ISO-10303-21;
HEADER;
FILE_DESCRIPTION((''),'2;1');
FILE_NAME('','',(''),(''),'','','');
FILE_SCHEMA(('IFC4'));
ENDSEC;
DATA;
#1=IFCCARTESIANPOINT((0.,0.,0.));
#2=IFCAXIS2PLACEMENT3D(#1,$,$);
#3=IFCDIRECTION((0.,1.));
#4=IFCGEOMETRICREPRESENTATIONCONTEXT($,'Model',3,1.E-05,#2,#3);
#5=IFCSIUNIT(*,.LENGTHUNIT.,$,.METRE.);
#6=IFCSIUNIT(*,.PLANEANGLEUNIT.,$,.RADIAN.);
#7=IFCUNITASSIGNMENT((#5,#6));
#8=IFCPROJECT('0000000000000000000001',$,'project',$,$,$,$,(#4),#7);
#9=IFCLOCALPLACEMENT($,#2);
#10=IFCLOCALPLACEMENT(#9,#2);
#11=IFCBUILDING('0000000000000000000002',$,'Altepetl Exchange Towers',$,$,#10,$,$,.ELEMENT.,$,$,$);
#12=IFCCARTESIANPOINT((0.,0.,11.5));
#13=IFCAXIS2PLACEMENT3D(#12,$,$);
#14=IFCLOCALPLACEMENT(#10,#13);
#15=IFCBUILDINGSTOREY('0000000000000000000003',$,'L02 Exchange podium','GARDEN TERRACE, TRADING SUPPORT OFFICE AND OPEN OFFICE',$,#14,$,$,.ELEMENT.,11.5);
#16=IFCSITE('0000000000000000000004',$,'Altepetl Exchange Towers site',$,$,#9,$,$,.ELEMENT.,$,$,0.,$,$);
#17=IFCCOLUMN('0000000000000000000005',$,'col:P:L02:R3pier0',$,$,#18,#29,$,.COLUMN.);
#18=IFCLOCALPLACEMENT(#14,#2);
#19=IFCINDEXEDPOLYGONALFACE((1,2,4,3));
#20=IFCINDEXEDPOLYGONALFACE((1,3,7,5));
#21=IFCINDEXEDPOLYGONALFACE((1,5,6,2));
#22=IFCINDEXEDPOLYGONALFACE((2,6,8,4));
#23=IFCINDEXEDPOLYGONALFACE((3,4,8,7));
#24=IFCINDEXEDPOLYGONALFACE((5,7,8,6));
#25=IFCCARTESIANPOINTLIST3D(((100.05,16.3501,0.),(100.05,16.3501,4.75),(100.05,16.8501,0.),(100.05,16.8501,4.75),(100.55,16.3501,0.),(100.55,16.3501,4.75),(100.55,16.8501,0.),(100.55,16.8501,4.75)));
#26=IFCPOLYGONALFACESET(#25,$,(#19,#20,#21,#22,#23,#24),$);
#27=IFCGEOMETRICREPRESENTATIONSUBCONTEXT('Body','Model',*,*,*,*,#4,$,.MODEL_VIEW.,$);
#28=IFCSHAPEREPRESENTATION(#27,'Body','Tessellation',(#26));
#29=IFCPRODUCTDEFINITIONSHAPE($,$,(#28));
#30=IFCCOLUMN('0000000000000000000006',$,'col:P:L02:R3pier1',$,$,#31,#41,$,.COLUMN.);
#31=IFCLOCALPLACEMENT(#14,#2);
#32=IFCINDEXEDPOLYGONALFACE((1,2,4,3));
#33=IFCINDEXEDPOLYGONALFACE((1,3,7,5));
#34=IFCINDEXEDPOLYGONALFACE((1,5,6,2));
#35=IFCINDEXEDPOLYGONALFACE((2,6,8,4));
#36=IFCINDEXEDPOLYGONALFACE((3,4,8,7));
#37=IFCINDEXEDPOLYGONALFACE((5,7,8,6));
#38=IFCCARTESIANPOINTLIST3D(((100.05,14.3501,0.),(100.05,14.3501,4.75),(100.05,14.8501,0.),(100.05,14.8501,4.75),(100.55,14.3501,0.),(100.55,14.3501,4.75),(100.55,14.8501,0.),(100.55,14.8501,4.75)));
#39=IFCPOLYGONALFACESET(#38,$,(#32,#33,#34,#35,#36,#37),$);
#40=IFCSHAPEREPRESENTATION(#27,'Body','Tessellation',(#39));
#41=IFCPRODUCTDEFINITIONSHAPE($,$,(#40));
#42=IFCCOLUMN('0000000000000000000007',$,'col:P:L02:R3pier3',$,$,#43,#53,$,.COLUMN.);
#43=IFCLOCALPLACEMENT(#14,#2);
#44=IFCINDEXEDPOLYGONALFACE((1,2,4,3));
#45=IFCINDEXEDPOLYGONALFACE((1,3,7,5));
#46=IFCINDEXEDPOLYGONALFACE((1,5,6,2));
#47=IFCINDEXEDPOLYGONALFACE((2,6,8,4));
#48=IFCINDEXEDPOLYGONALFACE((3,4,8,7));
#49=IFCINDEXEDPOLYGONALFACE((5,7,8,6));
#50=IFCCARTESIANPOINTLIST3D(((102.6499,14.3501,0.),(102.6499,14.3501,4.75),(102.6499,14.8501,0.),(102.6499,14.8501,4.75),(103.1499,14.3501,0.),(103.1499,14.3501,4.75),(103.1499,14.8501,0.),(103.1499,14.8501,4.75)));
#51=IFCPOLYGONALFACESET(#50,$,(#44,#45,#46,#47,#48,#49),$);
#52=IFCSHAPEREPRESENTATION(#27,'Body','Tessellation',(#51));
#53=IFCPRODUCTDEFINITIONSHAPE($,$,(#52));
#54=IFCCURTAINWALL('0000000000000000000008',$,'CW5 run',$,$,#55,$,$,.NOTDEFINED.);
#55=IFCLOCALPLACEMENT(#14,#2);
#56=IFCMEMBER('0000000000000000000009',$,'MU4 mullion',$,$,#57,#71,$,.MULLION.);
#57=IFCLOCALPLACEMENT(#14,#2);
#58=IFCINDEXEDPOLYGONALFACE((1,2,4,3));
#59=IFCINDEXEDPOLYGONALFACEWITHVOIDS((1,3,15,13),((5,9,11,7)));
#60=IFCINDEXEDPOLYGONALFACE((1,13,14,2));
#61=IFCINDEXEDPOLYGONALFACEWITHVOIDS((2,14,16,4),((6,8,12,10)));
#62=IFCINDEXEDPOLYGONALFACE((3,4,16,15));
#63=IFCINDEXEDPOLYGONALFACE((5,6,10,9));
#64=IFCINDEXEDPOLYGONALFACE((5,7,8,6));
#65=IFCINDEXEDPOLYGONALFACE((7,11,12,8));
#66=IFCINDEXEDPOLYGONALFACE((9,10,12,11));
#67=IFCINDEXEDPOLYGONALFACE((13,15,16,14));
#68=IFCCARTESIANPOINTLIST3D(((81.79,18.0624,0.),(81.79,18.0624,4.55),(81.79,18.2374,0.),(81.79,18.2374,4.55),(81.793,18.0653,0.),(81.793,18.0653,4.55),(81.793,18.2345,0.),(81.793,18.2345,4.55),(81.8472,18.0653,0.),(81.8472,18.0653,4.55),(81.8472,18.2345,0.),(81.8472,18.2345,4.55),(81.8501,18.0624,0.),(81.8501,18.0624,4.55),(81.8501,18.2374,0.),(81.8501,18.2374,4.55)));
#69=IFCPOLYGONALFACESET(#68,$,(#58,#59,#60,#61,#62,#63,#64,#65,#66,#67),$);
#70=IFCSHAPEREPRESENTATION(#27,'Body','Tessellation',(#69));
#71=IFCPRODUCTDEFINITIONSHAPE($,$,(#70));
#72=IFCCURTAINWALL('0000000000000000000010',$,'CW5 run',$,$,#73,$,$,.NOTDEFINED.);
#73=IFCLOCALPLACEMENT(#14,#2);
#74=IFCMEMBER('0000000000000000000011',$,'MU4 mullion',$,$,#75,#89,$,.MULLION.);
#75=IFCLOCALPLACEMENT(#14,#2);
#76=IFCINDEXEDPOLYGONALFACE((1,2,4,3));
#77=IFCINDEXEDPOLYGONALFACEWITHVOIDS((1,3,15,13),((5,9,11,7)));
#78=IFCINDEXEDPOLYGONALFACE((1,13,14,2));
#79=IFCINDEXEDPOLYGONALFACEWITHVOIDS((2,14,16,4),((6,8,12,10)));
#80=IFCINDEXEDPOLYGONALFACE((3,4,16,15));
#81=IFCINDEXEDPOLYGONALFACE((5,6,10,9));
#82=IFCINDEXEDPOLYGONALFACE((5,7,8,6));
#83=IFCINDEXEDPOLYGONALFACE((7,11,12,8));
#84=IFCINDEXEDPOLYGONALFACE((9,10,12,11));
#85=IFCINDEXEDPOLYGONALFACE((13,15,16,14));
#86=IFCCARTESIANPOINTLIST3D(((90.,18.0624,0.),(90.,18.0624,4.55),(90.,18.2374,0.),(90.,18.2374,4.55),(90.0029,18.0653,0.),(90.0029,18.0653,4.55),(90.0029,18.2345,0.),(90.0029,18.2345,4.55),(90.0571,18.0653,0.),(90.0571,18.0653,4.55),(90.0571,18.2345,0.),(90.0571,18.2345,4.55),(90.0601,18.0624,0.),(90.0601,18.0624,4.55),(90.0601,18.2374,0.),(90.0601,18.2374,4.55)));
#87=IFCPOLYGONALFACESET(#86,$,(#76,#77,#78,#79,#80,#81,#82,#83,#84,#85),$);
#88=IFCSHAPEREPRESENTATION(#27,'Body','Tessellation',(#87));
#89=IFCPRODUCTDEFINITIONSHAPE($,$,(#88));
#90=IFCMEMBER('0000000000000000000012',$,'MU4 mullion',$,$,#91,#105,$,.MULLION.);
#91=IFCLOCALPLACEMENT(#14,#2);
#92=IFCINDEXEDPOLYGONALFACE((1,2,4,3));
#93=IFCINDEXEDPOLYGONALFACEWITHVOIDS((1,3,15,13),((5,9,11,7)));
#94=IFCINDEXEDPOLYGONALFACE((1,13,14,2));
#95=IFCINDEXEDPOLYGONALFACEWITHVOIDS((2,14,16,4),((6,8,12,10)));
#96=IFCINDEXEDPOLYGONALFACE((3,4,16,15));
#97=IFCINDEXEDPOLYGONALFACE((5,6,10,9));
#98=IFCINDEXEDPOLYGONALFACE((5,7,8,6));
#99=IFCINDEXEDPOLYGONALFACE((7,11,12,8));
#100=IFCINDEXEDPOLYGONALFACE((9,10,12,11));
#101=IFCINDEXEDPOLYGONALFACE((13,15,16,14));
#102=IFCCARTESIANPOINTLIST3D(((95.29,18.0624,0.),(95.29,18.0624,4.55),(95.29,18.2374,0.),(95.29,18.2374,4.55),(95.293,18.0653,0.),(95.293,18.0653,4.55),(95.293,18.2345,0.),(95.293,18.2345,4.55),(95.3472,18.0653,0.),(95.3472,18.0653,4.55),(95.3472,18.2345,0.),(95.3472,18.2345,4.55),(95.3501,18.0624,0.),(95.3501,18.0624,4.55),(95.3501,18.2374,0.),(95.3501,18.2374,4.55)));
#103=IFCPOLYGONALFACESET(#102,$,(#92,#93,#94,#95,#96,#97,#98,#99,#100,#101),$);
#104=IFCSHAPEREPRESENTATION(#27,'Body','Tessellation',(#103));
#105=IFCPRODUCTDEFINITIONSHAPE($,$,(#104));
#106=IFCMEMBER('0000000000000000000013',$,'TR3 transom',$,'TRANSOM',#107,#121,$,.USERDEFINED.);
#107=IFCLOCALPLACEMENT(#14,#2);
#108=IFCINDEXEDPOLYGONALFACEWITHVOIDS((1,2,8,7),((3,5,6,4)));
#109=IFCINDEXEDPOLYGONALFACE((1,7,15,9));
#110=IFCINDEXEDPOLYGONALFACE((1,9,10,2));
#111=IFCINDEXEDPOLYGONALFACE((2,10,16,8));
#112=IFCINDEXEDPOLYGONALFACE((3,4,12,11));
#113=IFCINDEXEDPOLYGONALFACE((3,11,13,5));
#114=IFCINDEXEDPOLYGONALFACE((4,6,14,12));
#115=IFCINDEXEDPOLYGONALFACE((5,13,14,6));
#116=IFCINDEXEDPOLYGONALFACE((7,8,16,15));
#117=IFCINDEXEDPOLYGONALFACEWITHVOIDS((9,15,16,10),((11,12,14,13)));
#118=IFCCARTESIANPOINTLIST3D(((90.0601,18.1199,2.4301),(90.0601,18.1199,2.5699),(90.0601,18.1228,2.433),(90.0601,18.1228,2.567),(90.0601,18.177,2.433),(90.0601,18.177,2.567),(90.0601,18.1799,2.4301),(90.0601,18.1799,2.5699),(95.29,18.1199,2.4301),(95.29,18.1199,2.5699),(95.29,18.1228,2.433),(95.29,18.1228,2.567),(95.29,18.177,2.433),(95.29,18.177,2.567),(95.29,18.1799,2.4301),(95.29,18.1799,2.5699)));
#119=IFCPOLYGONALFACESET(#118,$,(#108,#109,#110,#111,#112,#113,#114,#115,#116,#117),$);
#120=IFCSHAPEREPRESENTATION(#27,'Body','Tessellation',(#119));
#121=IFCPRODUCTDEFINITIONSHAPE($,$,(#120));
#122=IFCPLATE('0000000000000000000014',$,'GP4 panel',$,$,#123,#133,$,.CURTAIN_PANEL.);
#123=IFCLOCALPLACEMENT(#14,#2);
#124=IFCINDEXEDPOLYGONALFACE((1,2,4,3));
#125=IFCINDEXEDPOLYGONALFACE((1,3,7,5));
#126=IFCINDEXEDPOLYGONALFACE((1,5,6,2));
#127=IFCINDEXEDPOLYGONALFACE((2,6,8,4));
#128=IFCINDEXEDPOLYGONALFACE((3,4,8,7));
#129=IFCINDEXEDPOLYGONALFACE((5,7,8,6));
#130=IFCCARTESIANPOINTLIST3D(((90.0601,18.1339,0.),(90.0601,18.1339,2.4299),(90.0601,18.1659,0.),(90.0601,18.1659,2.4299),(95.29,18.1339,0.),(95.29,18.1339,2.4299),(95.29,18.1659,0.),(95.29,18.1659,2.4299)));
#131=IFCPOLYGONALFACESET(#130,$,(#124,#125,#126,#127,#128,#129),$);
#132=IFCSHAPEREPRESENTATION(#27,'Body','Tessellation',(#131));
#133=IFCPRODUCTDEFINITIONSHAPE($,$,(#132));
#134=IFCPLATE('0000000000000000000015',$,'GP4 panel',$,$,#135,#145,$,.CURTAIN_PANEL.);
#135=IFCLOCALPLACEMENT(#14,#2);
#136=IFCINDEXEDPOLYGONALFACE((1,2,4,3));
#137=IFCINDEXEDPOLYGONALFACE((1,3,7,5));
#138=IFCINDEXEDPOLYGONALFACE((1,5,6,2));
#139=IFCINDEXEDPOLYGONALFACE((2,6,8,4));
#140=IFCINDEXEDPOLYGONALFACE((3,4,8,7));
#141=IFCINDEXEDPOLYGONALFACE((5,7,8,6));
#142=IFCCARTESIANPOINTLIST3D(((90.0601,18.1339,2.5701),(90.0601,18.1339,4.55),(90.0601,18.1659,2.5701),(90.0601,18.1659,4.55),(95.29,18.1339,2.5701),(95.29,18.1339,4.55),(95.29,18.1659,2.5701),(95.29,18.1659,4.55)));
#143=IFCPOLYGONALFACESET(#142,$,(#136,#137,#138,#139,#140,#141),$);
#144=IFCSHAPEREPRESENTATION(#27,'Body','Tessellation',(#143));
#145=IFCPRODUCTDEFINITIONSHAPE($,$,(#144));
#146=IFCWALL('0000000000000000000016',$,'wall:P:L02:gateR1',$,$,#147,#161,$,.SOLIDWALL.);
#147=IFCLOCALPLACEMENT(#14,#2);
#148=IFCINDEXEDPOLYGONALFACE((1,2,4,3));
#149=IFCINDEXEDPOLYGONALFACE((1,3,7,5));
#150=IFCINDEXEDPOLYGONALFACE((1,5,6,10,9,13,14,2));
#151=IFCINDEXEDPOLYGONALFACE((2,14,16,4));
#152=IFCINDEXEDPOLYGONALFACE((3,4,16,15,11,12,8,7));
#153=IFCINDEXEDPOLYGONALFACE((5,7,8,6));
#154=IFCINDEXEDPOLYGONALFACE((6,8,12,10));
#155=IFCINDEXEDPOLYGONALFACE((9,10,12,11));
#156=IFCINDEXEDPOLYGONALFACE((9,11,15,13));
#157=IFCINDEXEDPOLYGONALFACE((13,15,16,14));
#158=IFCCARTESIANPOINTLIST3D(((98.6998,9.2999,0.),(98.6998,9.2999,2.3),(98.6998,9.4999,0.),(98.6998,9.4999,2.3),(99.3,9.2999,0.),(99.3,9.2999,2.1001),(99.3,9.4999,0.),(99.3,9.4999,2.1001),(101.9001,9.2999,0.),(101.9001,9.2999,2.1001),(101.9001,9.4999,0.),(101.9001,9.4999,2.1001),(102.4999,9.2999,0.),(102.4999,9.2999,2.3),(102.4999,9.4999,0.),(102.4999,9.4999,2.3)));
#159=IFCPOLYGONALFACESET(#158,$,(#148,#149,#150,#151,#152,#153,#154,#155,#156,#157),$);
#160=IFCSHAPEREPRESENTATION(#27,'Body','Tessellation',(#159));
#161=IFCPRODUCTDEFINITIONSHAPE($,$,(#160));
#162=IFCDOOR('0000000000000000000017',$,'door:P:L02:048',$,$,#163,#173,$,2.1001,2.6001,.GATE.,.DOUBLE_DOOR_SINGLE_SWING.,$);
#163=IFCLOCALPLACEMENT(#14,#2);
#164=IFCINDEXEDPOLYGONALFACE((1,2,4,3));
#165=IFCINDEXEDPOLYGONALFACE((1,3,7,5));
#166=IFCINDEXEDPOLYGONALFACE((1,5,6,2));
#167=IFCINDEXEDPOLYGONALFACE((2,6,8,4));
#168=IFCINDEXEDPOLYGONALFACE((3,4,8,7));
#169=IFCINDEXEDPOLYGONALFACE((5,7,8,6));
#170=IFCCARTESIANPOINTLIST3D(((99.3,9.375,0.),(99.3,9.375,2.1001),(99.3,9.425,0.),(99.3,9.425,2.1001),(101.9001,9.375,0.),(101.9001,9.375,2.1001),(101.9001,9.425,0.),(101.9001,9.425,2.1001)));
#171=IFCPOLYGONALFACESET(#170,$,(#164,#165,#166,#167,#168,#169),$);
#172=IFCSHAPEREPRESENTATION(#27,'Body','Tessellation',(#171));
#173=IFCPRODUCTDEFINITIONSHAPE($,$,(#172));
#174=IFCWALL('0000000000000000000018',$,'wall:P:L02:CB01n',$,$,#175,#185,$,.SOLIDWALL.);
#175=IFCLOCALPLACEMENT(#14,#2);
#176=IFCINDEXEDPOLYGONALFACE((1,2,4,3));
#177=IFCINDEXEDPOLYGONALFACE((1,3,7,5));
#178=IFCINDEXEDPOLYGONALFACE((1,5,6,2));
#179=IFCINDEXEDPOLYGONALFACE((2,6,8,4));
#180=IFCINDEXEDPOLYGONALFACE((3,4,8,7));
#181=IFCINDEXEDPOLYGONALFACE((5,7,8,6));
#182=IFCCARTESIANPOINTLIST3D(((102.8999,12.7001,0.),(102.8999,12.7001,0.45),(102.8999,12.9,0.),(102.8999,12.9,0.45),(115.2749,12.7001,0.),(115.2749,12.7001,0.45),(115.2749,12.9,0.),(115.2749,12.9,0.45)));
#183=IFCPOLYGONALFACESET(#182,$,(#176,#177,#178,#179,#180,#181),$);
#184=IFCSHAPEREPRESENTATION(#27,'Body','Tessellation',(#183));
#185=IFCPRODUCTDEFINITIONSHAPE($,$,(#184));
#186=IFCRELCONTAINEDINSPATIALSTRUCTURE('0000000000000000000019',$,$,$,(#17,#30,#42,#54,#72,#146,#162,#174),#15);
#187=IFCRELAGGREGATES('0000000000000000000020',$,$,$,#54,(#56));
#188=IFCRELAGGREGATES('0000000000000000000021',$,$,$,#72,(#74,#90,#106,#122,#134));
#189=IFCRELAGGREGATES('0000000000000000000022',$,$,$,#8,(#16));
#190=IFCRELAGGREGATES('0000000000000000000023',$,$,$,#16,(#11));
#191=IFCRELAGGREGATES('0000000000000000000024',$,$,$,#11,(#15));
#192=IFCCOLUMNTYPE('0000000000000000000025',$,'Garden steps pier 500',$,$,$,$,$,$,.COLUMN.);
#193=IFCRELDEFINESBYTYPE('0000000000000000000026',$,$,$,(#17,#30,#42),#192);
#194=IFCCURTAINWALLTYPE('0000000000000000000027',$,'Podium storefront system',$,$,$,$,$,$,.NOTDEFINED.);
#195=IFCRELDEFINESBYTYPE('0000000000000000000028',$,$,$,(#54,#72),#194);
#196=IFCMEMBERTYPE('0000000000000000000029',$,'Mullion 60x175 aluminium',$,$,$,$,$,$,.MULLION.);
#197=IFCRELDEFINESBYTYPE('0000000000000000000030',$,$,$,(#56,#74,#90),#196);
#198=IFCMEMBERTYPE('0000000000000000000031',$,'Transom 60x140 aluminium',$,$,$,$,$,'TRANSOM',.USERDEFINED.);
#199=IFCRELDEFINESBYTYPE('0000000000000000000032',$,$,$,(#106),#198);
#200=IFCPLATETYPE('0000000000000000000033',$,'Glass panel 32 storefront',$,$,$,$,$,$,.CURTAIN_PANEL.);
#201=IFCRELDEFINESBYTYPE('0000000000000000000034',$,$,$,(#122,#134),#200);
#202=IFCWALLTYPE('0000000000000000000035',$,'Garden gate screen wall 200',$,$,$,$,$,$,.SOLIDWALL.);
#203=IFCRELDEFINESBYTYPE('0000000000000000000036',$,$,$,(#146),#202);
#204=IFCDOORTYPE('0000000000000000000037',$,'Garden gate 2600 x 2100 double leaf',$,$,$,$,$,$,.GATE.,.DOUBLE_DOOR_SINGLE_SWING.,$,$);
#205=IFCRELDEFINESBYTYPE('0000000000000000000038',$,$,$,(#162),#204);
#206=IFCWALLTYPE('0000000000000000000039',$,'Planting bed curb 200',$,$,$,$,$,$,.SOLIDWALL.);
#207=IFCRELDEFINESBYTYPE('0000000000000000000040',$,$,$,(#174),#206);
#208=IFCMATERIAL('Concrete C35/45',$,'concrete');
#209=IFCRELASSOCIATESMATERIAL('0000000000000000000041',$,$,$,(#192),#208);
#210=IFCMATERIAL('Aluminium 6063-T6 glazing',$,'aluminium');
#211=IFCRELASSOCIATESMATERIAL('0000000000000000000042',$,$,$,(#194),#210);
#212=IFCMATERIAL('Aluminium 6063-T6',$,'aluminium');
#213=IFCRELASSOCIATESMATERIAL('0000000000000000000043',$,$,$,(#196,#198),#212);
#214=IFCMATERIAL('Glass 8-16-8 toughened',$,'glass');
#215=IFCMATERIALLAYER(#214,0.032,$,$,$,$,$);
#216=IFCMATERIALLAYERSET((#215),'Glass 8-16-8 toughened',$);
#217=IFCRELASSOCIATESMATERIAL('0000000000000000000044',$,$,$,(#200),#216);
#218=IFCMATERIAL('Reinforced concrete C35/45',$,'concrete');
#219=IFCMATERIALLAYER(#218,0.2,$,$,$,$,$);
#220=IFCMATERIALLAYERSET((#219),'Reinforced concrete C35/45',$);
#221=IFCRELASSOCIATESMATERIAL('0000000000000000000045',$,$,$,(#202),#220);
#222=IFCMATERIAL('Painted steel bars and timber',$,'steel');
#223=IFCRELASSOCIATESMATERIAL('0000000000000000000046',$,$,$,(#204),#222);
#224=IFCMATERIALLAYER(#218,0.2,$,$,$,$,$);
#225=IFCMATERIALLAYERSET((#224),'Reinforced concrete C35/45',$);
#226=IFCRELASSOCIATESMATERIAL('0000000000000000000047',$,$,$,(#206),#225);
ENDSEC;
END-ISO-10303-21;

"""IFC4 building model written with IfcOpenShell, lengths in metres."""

from ifc_helpers import new_model, si_unit, direction, frame, frame_2d, origin, origin_2d, place, context, subcontext, project, spatial, rectangle, hollow_rectangle, extrude, material, layer, layer_set, material_profile, profile_set, type_object, element, fill, aggregate, save


model = new_model("IFC4")

# Units and contexts
model_context = context("Model", 3, precision=1e-05, world=origin(), true_north=direction((0.0, 1.0)))
body_context = subcontext(model_context, "Body", "Model", "MODEL_VIEW")
ifc_project = project(units=[si_unit("LENGTHUNIT", "METRE"), si_unit("PLANEANGLEUNIT", "RADIAN")], contexts=[model_context])

# Site, building, storey
site_placement = place(None, origin())
site = spatial("IfcSite", under=ifc_project, at=site_placement, Name="Altepetl Exchange Towers site", CompositionType="ELEMENT", RefElevation=0.0)
building_placement = place(site_placement, origin())
building = spatial("IfcBuilding", under=site, at=building_placement, Name="Altepetl Exchange Towers", CompositionType="ELEMENT")
storey_placement = place(building_placement, frame((0.0, 0.0, 11.5)))
storey = spatial("IfcBuildingStorey", under=building, at=storey_placement, Name="L02 Exchange podium", Description="GARDEN TERRACE, TRADING SUPPORT OFFICE AND OPEN OFFICE", CompositionType="ELEMENT", Elevation=11.5)

# Columns
ifc_material_1 = material(Name="Concrete C35/45", Category="concrete")
ifc_material_profile_1 = material_profile(ifc_material_1, rectangle(XDim=0.5, YDim=0.5, at=origin_2d()), Name="500 x 500")
ifc_profile_set_1 = profile_set([ifc_material_profile_1], Name="Concrete C35/45")
column_type = type_object("IfcColumnType", Name="Garden steps pier 500", PredefinedType="COLUMN", material=ifc_profile_set_1)
for number, where, name in (
    (1, (100.3, 16.6001, 0.0), "col:P:L02:R3pier0"),
    (2, (100.3, 14.6001, 0.0), "col:P:L02:R3pier1"),
    (3, (102.8999, 14.6001, 0.0), "col:P:L02:R3pier3"),
):
    element("IfcColumn", number, at=place(storey_placement, frame(where)), inside=storey, type_object=column_type, Name=name, PredefinedType="COLUMN", context=body_context, shape_type="SweptSolid", body=[
        extrude(rectangle(XDim=0.5, YDim=0.5, at=origin_2d()), origin(), (0.0, 0.0, 1.0), 4.75),
    ])

# Curtain wall, member
ifc_material_2 = material(Name="Aluminium 6063-T6 glazing", Category="aluminium")
curtain_wall_type = type_object("IfcCurtainWallType", Name="Podium storefront system", PredefinedType="NOTDEFINED", material=ifc_material_2)
curtain_wall_1_placement = place(storey_placement, origin())
curtain_wall_1 = element("IfcCurtainWall", 4, at=curtain_wall_1_placement, inside=storey, type_object=curtain_wall_type, Name="CW5 run", PredefinedType="NOTDEFINED")
ifc_material_3 = material(Name="Aluminium 6063-T6", Category="aluminium")
ifc_material_profile_2 = material_profile(ifc_material_3, hollow_rectangle(XDim=0.0601, YDim=0.175, WallThickness=0.0029, at=origin_2d()), Name="Mullion 60x175 aluminium")
ifc_profile_set_2 = profile_set([ifc_material_profile_2], Name="Aluminium 6063-T6")
member_type_1 = type_object("IfcMemberType", Name="Mullion 60x175 aluminium", PredefinedType="MULLION", material=ifc_profile_set_2)
member_1_placement = place(storey_placement, frame((81.8201, 18.1499, 0.0)))
member_1 = element("IfcMember", 5, at=member_1_placement, type_object=member_type_1, Name="MU4 mullion", PredefinedType="MULLION", context=body_context, shape_type="SweptSolid", body=[
    extrude(hollow_rectangle(XDim=0.0601, YDim=0.175, WallThickness=0.0029, at=origin_2d()), origin(), (0.0, 0.0, 1.0), 4.55),
])
aggregate(curtain_wall_1, [member_1])

# Curtain wall, members, plates
curtain_wall_2_placement = place(storey_placement, origin())
curtain_wall_2 = element("IfcCurtainWall", 6, at=curtain_wall_2_placement, inside=storey, type_object=curtain_wall_type, Name="CW5 run", PredefinedType="NOTDEFINED")
member_2_placement = place(storey_placement, frame((90.03, 18.1499, 0.0)))
member_2 = element("IfcMember", 7, at=member_2_placement, type_object=member_type_1, Name="MU4 mullion", PredefinedType="MULLION", context=body_context, shape_type="SweptSolid", body=[
    extrude(hollow_rectangle(XDim=0.0601, YDim=0.175, WallThickness=0.0029, at=origin_2d()), origin(), (0.0, 0.0, 1.0), 4.55),
])
member_3_placement = place(storey_placement, frame((95.3201, 18.1499, 0.0)))
member_3 = element("IfcMember", 8, at=member_3_placement, type_object=member_type_1, Name="MU4 mullion", PredefinedType="MULLION", context=body_context, shape_type="SweptSolid", body=[
    extrude(hollow_rectangle(XDim=0.0601, YDim=0.175, WallThickness=0.0029, at=origin_2d()), origin(), (0.0, 0.0, 1.0), 4.55),
])
ifc_material_profile_3 = material_profile(ifc_material_3, hollow_rectangle(XDim=0.0601, YDim=0.1399, WallThickness=0.0029, at=origin_2d()), Name="Transom 60x140 aluminium")
ifc_profile_set_3 = profile_set([ifc_material_profile_3], Name="Aluminium 6063-T6")
member_type_2 = type_object("IfcMemberType", Name="Transom 60x140 aluminium", ElementType="TRANSOM", PredefinedType="USERDEFINED", material=ifc_profile_set_3)
member_4_placement = place(storey_placement, frame((90.0601, 18.1499, 2.5), z_axis=(1.0, 0.0, 0.0), x_axis=(0.0, 1.0, 0.0)))
member_4 = element("IfcMember", 9, at=member_4_placement, type_object=member_type_2, Name="TR3 transom", ObjectType="TRANSOM", PredefinedType="USERDEFINED", context=body_context, shape_type="SweptSolid", body=[
    extrude(hollow_rectangle(XDim=0.0601, YDim=0.1399, WallThickness=0.0029, at=origin_2d()), origin(), (0.0, 0.0, 1.0), 5.23),
])
ifc_material_4 = material(Name="Glass 8-16-8 toughened", Category="glass")
ifc_layer_1 = layer(ifc_material_4, 0.032)
ifc_layer_set_1 = layer_set([ifc_layer_1], Name="Glass 8-16-8 toughened")
plate_type = type_object("IfcPlateType", Name="Glass panel 32 storefront", PredefinedType="CURTAIN_PANEL", material=ifc_layer_set_1)
plate_1_placement = place(storey_placement, frame((92.675, 18.1499, 0.0)))
plate_1 = element("IfcPlate", 10, at=plate_1_placement, type_object=plate_type, Name="GP4 panel", PredefinedType="CURTAIN_PANEL", context=body_context, shape_type="SweptSolid", body=[
    extrude(rectangle(XDim=5.23, YDim=0.032, at=origin_2d()), origin(), (0.0, 0.0, 1.0), 2.4299),
])
plate_2_placement = place(storey_placement, frame((92.675, 18.1499, 2.5701)))
plate_2 = element("IfcPlate", 11, at=plate_2_placement, type_object=plate_type, Name="GP4 panel", PredefinedType="CURTAIN_PANEL", context=body_context, shape_type="SweptSolid", body=[
    extrude(rectangle(XDim=5.23, YDim=0.032, at=origin_2d()), origin(), (0.0, 0.0, 1.0), 1.98),
])
aggregate(curtain_wall_2, [member_2, member_3, member_4, plate_1, plate_2])

# Wall, opening, door
ifc_material_5 = material(Name="Reinforced concrete C35/45", Category="concrete")
ifc_layer_2 = layer(ifc_material_5, 0.2)
ifc_layer_set_2 = layer_set([ifc_layer_2], Name="Reinforced concrete C35/45")
wall_type_1 = type_object("IfcWallType", Name="Garden gate screen wall 200", PredefinedType="SOLIDWALL", material=ifc_layer_set_2)
wall_1_placement = place(storey_placement, frame((98.7, 9.3999, 0.0)))
wall_1 = element("IfcWall", 12, at=wall_1_placement, inside=storey, type_object=wall_type_1, Name="wall:P:L02:gateR1", PredefinedType="SOLIDWALL", context=body_context, shape_type="SweptSolid", body=[
    extrude(rectangle(XDim=3.8, YDim=0.2, at=frame_2d((1.8999, 0.0))), origin(), (0.0, 0.0, 1.0), 2.3),
])
opening_1_placement = place(wall_1_placement, frame((0.6001, 0.0, 0.0)))
opening_1 = element("IfcOpeningElement", 13, at=opening_1_placement, cuts=wall_1, PredefinedType="OPENING", context=body_context, shape_type="SweptSolid", body=[
    extrude(rectangle(XDim=2.6001, YDim=2.1001, at=frame_2d((1.3, 1.05))), frame((0.0, 0.1099, 0.0), z_axis=(0.0, -1.0, 0.0), x_axis=(1.0, 0.0, 0.0)), (0.0, 0.0, 1.0), 0.22),
])
ifc_material_6 = material(Name="Painted steel bars and timber", Category="steel")
door_type_1 = type_object("IfcDoorType", Name="Garden gate 2600 x 2100 double leaf", OperationType="DOUBLE_DOOR_SINGLE_SWING", PredefinedType="GATE", material=ifc_material_6)
door_1_placement = place(opening_1_placement, frame((2.6001, 0.0, 0.0), x_axis=(-1.0, 0.0, 0.0)))
door_1 = element("IfcDoor", 14, at=door_1_placement, inside=storey, type_object=door_type_1, Name="door:P:L02:048", OperationType="DOUBLE_DOOR_SINGLE_SWING", OverallHeight=2.1001, OverallWidth=2.6001, PredefinedType="GATE", context=body_context, shape_type="SweptSolid", body=[
    extrude(rectangle(XDim=2.6001, YDim=2.1001, at=frame_2d((1.3, 1.05))), frame((0.0, 0.0249, 0.0), z_axis=(0.0, -1.0, 0.0), x_axis=(1.0, 0.0, 0.0)), (0.0, 0.0, 1.0), 0.05),
])
fill(opening_1, door_1)

# Wall
ifc_layer_3 = layer(ifc_material_5, 0.2)
ifc_layer_set_3 = layer_set([ifc_layer_3], Name="Reinforced concrete C35/45")
wall_type_2 = type_object("IfcWallType", Name="Planting bed curb 200", PredefinedType="SOLIDWALL", material=ifc_layer_set_3)
wall_2_placement = place(storey_placement, frame((102.8999, 12.8, 0.0)))
element("IfcWall", 15, at=wall_2_placement, inside=storey, type_object=wall_type_2, Name="wall:P:L02:CB01n", PredefinedType="SOLIDWALL", context=body_context, shape_type="SweptSolid", body=[
    extrude(rectangle(XDim=12.375, YDim=0.2, at=frame_2d((6.1875, 0.0))), origin(), (0.0, 0.0, 1.0), 0.45),
])

save(model, "model.ifc")
